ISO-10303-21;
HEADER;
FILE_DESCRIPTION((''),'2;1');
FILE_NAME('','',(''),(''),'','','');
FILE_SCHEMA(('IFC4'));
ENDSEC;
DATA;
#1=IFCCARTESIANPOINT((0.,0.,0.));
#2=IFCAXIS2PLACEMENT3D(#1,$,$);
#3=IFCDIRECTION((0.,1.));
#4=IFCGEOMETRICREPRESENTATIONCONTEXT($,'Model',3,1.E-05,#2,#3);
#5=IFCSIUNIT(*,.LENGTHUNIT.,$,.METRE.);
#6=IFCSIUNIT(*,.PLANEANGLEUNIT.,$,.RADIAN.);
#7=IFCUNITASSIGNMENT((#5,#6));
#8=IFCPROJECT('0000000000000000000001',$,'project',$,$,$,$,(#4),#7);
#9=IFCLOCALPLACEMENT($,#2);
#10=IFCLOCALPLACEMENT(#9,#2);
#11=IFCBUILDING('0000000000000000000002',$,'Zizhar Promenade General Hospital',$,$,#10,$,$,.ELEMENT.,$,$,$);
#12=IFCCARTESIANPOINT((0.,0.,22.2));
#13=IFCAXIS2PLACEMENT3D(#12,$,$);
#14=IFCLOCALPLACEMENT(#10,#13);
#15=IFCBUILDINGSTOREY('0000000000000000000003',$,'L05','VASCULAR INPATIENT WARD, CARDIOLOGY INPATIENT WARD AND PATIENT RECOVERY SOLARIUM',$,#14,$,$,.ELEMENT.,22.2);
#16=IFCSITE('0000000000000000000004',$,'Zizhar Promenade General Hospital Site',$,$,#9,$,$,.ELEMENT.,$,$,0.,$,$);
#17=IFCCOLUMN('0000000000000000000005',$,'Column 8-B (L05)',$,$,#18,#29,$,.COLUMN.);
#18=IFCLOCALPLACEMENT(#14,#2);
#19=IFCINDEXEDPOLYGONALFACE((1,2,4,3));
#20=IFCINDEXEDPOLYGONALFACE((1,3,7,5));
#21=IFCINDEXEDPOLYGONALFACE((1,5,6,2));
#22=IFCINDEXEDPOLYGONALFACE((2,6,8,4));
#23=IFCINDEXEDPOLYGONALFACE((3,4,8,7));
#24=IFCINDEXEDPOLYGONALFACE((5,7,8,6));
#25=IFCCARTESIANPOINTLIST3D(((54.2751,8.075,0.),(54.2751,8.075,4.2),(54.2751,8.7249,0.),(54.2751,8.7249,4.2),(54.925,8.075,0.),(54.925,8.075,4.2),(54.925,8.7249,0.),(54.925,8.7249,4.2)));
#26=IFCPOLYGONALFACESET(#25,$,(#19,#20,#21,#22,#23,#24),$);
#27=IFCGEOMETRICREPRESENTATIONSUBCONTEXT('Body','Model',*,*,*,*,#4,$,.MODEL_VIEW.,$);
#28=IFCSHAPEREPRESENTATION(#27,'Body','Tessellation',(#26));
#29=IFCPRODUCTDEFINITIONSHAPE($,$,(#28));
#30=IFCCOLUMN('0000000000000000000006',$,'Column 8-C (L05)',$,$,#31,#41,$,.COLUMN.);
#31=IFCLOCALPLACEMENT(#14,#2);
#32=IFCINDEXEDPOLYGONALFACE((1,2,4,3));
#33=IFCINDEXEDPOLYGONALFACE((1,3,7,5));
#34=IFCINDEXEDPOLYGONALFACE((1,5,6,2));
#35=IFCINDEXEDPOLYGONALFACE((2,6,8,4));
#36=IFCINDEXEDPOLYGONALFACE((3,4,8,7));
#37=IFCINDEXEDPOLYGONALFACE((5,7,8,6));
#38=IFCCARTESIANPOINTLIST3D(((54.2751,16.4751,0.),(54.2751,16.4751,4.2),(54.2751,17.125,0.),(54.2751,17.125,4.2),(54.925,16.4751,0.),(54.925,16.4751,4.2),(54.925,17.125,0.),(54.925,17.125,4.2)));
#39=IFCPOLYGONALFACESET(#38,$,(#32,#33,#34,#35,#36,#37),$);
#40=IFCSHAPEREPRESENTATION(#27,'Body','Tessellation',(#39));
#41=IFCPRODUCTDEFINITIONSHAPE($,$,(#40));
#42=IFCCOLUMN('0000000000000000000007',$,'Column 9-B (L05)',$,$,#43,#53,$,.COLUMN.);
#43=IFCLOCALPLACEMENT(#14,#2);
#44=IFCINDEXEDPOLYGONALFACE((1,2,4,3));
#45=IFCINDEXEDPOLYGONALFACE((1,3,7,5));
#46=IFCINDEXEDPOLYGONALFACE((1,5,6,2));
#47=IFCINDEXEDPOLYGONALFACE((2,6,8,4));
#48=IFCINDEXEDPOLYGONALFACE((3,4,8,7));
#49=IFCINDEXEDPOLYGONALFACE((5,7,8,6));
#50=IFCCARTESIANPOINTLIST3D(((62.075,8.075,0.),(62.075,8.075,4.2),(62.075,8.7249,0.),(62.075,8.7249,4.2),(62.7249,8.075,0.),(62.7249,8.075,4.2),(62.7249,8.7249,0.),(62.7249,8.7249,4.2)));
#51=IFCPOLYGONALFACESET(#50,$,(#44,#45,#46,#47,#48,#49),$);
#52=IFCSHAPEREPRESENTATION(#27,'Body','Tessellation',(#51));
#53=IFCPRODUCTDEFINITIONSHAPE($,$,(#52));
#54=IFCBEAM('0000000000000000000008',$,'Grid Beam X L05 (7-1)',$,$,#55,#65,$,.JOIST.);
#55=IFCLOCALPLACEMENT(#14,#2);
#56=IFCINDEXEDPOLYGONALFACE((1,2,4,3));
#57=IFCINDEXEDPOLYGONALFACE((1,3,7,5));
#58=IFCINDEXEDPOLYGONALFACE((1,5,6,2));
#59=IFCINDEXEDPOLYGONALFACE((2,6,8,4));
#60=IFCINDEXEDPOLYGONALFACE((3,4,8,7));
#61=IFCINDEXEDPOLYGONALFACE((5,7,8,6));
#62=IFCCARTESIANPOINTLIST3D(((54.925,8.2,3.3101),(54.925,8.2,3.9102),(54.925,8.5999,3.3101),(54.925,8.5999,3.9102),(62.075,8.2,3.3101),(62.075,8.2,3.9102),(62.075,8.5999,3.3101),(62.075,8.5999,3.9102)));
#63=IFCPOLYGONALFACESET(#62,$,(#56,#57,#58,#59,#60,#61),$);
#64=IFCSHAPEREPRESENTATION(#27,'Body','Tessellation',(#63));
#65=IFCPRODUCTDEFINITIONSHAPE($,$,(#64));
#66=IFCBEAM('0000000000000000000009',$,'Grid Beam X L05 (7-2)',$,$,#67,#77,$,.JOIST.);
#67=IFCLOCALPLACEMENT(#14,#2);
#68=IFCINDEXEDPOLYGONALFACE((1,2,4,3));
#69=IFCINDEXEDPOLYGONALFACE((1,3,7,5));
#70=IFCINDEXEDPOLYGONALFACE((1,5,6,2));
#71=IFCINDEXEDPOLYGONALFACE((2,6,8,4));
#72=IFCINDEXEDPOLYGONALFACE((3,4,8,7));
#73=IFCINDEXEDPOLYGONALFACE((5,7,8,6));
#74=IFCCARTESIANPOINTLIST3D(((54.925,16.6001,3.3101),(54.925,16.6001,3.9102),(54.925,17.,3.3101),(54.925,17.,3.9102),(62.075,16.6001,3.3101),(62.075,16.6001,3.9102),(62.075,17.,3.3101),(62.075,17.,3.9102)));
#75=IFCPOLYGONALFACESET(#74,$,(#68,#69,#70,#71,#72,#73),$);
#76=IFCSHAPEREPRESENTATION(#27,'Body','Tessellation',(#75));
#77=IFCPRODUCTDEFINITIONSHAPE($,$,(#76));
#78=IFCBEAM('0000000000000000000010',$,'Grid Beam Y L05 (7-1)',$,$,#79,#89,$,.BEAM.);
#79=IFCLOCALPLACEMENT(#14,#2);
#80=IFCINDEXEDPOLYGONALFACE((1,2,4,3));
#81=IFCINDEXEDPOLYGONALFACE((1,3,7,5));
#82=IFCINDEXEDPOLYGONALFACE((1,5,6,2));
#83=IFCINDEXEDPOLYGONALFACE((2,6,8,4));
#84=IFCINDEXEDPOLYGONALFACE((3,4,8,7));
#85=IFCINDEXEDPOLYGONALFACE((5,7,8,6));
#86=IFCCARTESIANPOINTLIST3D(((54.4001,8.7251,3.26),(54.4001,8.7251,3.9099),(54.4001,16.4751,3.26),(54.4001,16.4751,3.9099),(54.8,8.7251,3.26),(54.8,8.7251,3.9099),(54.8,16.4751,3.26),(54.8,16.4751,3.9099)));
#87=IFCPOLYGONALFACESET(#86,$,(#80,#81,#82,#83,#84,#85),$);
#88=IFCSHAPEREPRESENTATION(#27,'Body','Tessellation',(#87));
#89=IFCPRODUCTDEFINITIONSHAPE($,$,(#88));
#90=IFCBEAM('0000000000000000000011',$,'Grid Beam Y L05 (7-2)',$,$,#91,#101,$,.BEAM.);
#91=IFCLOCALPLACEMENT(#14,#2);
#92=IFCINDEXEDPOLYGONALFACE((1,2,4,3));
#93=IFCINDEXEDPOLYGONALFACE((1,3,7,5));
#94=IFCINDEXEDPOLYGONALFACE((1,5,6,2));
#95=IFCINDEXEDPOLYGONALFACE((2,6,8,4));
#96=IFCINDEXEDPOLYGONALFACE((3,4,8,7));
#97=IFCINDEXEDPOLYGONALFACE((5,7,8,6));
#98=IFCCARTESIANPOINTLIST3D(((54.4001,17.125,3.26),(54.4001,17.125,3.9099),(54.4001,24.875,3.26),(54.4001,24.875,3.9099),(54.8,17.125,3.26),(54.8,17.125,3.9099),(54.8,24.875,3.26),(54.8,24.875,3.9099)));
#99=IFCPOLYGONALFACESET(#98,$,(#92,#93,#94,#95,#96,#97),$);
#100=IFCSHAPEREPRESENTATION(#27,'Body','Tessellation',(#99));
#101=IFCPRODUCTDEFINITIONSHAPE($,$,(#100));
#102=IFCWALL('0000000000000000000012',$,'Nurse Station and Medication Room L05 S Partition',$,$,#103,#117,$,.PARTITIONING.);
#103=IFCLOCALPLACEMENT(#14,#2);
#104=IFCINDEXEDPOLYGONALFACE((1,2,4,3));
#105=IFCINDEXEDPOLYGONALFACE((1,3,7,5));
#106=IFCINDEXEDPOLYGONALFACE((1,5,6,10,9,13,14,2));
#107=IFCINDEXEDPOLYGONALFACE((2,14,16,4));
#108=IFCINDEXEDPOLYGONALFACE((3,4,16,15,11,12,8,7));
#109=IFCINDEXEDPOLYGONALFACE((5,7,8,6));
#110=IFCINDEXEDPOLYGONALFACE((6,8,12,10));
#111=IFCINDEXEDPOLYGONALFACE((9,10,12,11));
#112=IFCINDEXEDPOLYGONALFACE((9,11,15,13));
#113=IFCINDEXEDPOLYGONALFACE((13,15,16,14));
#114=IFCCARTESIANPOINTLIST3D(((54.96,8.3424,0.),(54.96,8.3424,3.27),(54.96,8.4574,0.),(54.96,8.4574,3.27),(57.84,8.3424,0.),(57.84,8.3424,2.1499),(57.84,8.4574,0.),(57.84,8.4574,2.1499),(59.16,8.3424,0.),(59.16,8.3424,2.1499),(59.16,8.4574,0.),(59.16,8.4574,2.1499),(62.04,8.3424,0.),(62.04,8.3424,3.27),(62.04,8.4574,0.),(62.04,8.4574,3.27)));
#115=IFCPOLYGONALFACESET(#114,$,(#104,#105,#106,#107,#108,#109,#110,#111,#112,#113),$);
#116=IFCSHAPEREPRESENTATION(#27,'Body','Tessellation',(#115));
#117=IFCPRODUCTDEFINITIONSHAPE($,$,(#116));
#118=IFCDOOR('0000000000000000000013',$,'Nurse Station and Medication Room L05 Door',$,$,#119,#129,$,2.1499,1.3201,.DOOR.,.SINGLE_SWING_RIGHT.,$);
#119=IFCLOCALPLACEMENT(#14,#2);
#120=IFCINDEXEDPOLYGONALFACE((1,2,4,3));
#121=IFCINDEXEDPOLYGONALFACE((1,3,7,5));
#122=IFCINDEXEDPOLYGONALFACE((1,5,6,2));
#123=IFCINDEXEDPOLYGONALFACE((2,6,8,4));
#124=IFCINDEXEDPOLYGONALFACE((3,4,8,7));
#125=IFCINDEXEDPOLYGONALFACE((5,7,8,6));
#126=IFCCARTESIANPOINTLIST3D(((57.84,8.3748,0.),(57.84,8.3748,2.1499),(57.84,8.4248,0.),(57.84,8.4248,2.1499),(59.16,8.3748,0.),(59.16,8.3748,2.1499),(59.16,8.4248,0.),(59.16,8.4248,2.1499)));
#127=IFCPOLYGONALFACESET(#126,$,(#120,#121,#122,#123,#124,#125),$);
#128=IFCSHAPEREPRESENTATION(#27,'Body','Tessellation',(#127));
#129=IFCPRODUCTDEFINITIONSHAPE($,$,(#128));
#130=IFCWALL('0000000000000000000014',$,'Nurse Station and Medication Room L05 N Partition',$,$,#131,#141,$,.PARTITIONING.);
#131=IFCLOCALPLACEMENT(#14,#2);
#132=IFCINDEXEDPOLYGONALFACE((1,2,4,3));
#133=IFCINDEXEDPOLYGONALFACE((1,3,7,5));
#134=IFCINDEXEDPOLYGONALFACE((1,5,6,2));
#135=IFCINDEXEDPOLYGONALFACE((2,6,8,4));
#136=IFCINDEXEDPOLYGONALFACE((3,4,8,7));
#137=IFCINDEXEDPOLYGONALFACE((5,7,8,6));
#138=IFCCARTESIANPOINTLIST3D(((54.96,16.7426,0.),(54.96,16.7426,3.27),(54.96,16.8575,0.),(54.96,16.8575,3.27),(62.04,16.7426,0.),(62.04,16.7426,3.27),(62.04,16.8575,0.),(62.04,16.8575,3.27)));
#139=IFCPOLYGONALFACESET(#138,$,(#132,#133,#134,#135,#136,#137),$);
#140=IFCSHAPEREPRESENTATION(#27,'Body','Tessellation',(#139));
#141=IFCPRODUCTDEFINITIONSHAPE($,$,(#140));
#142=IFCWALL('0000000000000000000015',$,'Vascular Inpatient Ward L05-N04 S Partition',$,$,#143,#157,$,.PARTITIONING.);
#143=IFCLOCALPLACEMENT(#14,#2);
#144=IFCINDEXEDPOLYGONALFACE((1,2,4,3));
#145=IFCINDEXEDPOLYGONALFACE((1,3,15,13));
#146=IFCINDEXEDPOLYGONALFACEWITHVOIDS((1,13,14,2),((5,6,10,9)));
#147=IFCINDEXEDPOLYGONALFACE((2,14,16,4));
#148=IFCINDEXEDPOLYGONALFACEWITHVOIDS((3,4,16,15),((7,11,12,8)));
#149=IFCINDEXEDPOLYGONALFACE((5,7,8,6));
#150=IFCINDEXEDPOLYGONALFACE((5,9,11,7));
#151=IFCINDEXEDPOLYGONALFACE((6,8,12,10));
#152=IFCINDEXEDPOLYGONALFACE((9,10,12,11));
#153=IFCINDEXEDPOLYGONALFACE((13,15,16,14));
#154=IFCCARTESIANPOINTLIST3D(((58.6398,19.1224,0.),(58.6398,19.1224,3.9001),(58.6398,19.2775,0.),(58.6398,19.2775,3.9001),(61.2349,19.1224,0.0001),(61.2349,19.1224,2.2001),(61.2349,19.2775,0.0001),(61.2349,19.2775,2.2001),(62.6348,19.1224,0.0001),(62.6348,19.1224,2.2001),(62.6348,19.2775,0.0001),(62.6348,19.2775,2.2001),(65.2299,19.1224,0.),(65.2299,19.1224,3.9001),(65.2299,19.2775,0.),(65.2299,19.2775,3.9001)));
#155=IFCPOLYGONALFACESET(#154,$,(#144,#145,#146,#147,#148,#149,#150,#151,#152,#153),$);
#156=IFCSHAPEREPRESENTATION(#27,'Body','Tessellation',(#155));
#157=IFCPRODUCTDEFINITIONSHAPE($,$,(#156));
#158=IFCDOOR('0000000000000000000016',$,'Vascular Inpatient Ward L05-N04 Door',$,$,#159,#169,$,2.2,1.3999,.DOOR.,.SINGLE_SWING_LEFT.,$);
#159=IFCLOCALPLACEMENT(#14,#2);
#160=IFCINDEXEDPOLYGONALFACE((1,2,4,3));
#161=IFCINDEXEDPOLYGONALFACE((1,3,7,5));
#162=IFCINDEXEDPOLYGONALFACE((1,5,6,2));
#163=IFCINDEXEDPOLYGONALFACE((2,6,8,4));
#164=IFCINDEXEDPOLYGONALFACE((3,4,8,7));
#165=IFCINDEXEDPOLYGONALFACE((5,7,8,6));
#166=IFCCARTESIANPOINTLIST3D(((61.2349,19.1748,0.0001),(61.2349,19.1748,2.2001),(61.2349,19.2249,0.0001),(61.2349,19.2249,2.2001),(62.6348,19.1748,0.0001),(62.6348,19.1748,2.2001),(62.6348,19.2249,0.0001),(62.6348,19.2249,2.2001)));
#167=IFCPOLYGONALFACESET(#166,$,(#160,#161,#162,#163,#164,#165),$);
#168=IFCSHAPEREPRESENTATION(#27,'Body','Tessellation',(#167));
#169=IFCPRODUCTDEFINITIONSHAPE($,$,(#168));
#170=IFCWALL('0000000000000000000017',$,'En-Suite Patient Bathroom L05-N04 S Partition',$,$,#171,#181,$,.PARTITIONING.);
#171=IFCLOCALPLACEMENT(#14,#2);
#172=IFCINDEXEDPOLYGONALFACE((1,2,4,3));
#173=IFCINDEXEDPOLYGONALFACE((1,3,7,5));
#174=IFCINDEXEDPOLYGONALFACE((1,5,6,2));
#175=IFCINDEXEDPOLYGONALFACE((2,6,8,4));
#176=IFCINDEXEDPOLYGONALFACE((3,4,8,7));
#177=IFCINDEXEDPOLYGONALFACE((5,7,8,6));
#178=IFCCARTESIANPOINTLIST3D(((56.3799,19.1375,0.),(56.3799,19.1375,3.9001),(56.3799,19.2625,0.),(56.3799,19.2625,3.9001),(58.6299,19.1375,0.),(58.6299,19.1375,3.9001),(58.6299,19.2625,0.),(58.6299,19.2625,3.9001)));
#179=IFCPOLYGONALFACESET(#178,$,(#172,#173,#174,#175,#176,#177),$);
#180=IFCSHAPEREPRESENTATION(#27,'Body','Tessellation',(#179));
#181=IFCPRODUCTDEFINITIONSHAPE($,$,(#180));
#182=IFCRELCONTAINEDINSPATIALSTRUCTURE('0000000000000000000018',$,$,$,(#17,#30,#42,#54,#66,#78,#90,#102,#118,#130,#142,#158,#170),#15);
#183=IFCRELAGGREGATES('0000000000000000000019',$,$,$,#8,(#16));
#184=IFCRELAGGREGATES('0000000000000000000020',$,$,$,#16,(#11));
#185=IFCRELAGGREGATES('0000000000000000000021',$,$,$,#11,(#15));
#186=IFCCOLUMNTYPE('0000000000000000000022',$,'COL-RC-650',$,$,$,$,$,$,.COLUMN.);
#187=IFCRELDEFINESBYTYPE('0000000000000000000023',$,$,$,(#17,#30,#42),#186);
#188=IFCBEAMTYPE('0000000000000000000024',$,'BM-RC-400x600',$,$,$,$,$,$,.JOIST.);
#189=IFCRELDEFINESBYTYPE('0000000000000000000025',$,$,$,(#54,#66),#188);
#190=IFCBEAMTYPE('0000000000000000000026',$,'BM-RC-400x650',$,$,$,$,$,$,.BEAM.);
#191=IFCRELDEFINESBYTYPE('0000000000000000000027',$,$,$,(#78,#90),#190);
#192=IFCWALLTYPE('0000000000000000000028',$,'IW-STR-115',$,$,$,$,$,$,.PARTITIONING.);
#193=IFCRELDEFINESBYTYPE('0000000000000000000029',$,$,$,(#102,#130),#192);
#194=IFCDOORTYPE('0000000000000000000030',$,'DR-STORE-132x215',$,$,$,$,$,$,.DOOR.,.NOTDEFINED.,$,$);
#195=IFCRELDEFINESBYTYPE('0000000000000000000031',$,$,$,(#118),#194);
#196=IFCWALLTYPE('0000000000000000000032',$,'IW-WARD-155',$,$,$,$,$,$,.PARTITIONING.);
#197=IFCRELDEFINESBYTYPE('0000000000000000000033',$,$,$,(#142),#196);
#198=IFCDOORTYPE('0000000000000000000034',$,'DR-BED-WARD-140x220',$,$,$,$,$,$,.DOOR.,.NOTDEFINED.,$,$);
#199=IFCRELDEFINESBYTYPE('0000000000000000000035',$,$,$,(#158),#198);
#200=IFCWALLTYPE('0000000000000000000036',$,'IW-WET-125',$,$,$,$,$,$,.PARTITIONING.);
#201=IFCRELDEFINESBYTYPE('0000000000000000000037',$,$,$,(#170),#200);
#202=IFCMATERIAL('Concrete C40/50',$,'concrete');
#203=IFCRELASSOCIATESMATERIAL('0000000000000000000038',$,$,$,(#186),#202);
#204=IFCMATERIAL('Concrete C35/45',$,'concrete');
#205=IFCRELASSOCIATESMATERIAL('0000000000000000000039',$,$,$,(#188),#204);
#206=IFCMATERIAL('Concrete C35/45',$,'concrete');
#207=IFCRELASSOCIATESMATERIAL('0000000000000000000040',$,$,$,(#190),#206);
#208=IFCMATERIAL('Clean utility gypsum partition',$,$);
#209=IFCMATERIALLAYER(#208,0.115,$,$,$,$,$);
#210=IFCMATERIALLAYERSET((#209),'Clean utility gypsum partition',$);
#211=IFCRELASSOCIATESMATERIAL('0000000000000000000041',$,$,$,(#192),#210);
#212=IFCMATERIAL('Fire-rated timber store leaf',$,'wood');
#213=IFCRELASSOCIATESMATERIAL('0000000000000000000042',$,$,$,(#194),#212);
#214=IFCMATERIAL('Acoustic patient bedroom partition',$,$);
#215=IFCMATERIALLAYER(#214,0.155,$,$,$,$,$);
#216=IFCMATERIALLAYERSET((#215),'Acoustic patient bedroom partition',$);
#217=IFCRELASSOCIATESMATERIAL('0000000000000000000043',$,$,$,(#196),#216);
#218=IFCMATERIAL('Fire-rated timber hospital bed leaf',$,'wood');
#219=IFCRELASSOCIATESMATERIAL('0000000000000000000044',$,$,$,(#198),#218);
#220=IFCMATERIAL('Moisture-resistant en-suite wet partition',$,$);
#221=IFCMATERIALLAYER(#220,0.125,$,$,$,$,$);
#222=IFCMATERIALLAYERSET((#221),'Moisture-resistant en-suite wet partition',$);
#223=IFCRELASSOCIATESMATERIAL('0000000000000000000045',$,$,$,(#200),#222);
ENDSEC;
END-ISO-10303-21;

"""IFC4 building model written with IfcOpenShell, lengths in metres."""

from ifc_helpers import new_model, si_unit, direction, frame, frame_2d, origin, origin_2d, place, context, subcontext, project, spatial, rectangle, extrude, material, layer, layer_set, material_profile, profile_set, type_object, element, fill, save


model = new_model("IFC4")

# Units and contexts
model_context = context("Model", 3, precision=1e-05, world=origin(), true_north=direction((0.0, 1.0)))
body_context = subcontext(model_context, "Body", "Model", "MODEL_VIEW")
ifc_project = project(units=[si_unit("LENGTHUNIT", "METRE"), si_unit("PLANEANGLEUNIT", "RADIAN")], contexts=[model_context])

# Site, building, storey
site_placement = place(None, origin())
site = spatial("IfcSite", under=ifc_project, at=site_placement, Name="Zizhar Promenade General Hospital Site", CompositionType="ELEMENT", RefElevation=0.0)
building_placement = place(site_placement, origin())
building = spatial("IfcBuilding", under=site, at=building_placement, Name="Zizhar Promenade General Hospital", CompositionType="ELEMENT")
storey_placement = place(building_placement, frame((0.0, 0.0, 22.2)))
storey = spatial("IfcBuildingStorey", under=building, at=storey_placement, Name="L05", Description="VASCULAR INPATIENT WARD, CARDIOLOGY INPATIENT WARD AND PATIENT RECOVERY SOLARIUM", CompositionType="ELEMENT", Elevation=22.2)

# Columns
ifc_material_1 = material(Name="Concrete C40/50", Category="concrete")
ifc_material_profile_1 = material_profile(ifc_material_1, rectangle(XDim=0.6499, YDim=0.6499, at=origin_2d()))
ifc_profile_set_1 = profile_set([ifc_material_profile_1], Name="Concrete C40/50")
column_type = type_object("IfcColumnType", Name="COL-RC-650", PredefinedType="COLUMN", material=ifc_profile_set_1)
for number, where, z_axis, x_axis, name in (
    (1, (54.6001, 8.3999, 0.0), (0.0, 0.0, 1.0), (1.0, 0.0, 0.0), "Column 8-B (L05)"),
    (2, (54.6001, 16.8, 0.0), (0.0, 0.0, 1.0), (1.0, 0.0, 0.0), "Column 8-C (L05)"),
    (3, (62.3999, 8.3999, 0.0), (0.0, 0.0, 1.0), (1.0, 0.0, 0.0), "Column 9-B (L05)"),
):
    element("IfcColumn", number, at=place(storey_placement, frame(where, z_axis=z_axis, x_axis=x_axis)), inside=storey, type_object=column_type, Name=name, PredefinedType="COLUMN", context=body_context, shape_type="SweptSolid", body=[
        extrude(rectangle(XDim=0.6499, YDim=0.6499, at=origin_2d()), origin(), (0.0, 0.0, 1.0), 4.2),
    ])

# Beams
ifc_material_2 = material(Name="Concrete C35/45", Category="concrete")
ifc_material_profile_2 = material_profile(ifc_material_2, rectangle(XDim=0.3999, YDim=0.6001, at=origin_2d()))
ifc_profile_set_2 = profile_set([ifc_material_profile_2], Name="Concrete C35/45")
beam_type_1 = type_object("IfcBeamType", Name="BM-RC-400x600", PredefinedType="JOIST", material=ifc_profile_set_2)
for number, where, z_axis, x_axis, name in (
    (4, (54.925, 8.3999, 3.6101), (1.0, 0.0, 0.0), (0.0, 1.0, 0.0), "Grid Beam X L05 (7-1)"),
    (5, (54.925, 16.8, 3.6101), (1.0, 0.0, 0.0), (0.0, 1.0, 0.0), "Grid Beam X L05 (7-2)"),
):
    element("IfcBeam", number, at=place(storey_placement, frame(where, z_axis=z_axis, x_axis=x_axis)), inside=storey, type_object=beam_type_1, Name=name, PredefinedType="JOIST", context=body_context, shape_type="SweptSolid", body=[
        extrude(rectangle(XDim=0.3999, YDim=0.6001, at=origin_2d()), origin(), (0.0, 0.0, 1.0), 7.1499),
    ])
ifc_material_3 = material(Name="Concrete C35/45", Category="concrete")
ifc_material_profile_3 = material_profile(ifc_material_3, rectangle(XDim=0.3999, YDim=0.6499, at=origin_2d()))
ifc_profile_set_3 = profile_set([ifc_material_profile_3], Name="Concrete C35/45")
beam_type_2 = type_object("IfcBeamType", Name="BM-RC-400x650", PredefinedType="BEAM", material=ifc_profile_set_3)
for number, where, z_axis, x_axis, name in (
    (6, (54.6001, 8.7251, 3.585), (0.0, 1.0, 0.0), (-1.0, 0.0, 0.0), "Grid Beam Y L05 (7-1)"),
    (7, (54.6001, 17.125, 3.585), (0.0, 1.0, 0.0), (-1.0, 0.0, 0.0), "Grid Beam Y L05 (7-2)"),
):
    element("IfcBeam", number, at=place(storey_placement, frame(where, z_axis=z_axis, x_axis=x_axis)), inside=storey, type_object=beam_type_2, Name=name, PredefinedType="BEAM", context=body_context, shape_type="SweptSolid", body=[
        extrude(rectangle(XDim=0.3999, YDim=0.6499, at=origin_2d()), origin(), (0.0, 0.0, 1.0), 7.75),
    ])

# Wall, opening, door
ifc_material_4 = material(Name="Clean utility gypsum partition")
ifc_layer_1 = layer(ifc_material_4, 0.115)
ifc_layer_set_1 = layer_set([ifc_layer_1], Name="Clean utility gypsum partition")
wall_type_1 = type_object("IfcWallType", Name="IW-STR-115", PredefinedType="PARTITIONING", material=ifc_layer_set_1)
wall_1_placement = place(storey_placement, frame((54.96, 8.3999, 0.0), z_axis=(0.0, 0.0, 1.0), x_axis=(1.0, 0.0, 0.0)))
wall_1 = element("IfcWall", 8, at=wall_1_placement, inside=storey, type_object=wall_type_1, Name="Nurse Station and Medication Room L05 S Partition", PredefinedType="PARTITIONING", context=body_context, shape_type="SweptSolid", body=[
    extrude(rectangle(XDim=7.0801, YDim=0.115, at=frame_2d((3.54, 0.0))), origin(), (0.0, 0.0, 1.0), 3.27),
])
opening_1_placement = place(wall_1_placement, frame((2.8799, 0.0, 0.0)))
opening_1 = element("IfcOpeningElement", 9, at=opening_1_placement, cuts=wall_1, PredefinedType="OPENING", context=body_context, shape_type="SweptSolid", body=[
    extrude(rectangle(XDim=1.3201, YDim=2.1499, at=frame_2d((0.6602, 1.075))), frame((0.0, 0.0674, 0.0), z_axis=(0.0, -1.0, 0.0), x_axis=(1.0, 0.0, 0.0)), (0.0, 0.0, 1.0), 0.135),
])
ifc_material_5 = material(Name="Fire-rated timber store leaf", Category="wood")
door_type_1 = type_object("IfcDoorType", Name="DR-STORE-132x215", OperationType="NOTDEFINED", PredefinedType="DOOR", material=ifc_material_5)
door_1_placement = place(opening_1_placement, origin())
door_1 = element("IfcDoor", 10, at=door_1_placement, inside=storey, type_object=door_type_1, Name="Nurse Station and Medication Room L05 Door", OperationType="SINGLE_SWING_RIGHT", OverallHeight=2.1499, OverallWidth=1.3201, PredefinedType="DOOR", context=body_context, shape_type="SweptSolid", body=[
    extrude(rectangle(XDim=1.3201, YDim=2.1499, at=frame_2d((0.6602, 1.075))), frame((0.0, 0.0249, 0.0), z_axis=(0.0, -1.0, 0.0), x_axis=(1.0, 0.0, 0.0)), (0.0, 0.0, 1.0), 0.05),
])
fill(opening_1, door_1)

# Wall
wall_2_placement = place(storey_placement, frame((54.96, 16.8, 0.0), z_axis=(0.0, 0.0, 1.0), x_axis=(1.0, 0.0, 0.0)))
element("IfcWall", 11, at=wall_2_placement, inside=storey, type_object=wall_type_1, Name="Nurse Station and Medication Room L05 N Partition", PredefinedType="PARTITIONING", context=body_context, shape_type="SweptSolid", body=[
    extrude(rectangle(XDim=7.0801, YDim=0.115, at=frame_2d((3.54, 0.0))), origin(), (0.0, 0.0, 1.0), 3.27),
])

# Wall, opening, door
ifc_material_6 = material(Name="Acoustic patient bedroom partition")
ifc_layer_2 = layer(ifc_material_6, 0.155)
ifc_layer_set_2 = layer_set([ifc_layer_2], Name="Acoustic patient bedroom partition")
wall_type_2 = type_object("IfcWallType", Name="IW-WARD-155", PredefinedType="PARTITIONING", material=ifc_layer_set_2)
wall_3_placement = place(storey_placement, frame((58.6399, 19.2, 0.0), z_axis=(0.0, 0.0, 1.0), x_axis=(1.0, 0.0, 0.0)))
wall_3 = element("IfcWall", 12, at=wall_3_placement, inside=storey, type_object=wall_type_2, Name="Vascular Inpatient Ward L05-N04 S Partition", PredefinedType="PARTITIONING", context=body_context, shape_type="SweptSolid", body=[
    extrude(rectangle(XDim=6.5901, YDim=0.155, at=frame_2d((3.2949, 0.0))), origin(), (0.0, 0.0, 1.0), 3.9001),
])
opening_2_placement = place(wall_3_placement, frame((2.595, 0.0, 0.0)))
opening_2 = element("IfcOpeningElement", 13, at=opening_2_placement, cuts=wall_3, PredefinedType="OPENING", context=body_context, shape_type="SweptSolid", body=[
    extrude(rectangle(XDim=1.3999, YDim=2.2, at=frame_2d((0.7, 1.1001))), frame((0.0, 0.0874, 0.0), z_axis=(0.0, -1.0, 0.0), x_axis=(1.0, 0.0, 0.0)), (0.0, 0.0, 1.0), 0.175),
])
ifc_material_7 = material(Name="Fire-rated timber hospital bed leaf", Category="wood")
door_type_2 = type_object("IfcDoorType", Name="DR-BED-WARD-140x220", OperationType="NOTDEFINED", PredefinedType="DOOR", material=ifc_material_7)
door_2_placement = place(opening_2_placement, origin())
door_2 = element("IfcDoor", 14, at=door_2_placement, inside=storey, type_object=door_type_2, Name="Vascular Inpatient Ward L05-N04 Door", OperationType="SINGLE_SWING_LEFT", OverallHeight=2.2, OverallWidth=1.3999, PredefinedType="DOOR", context=body_context, shape_type="SweptSolid", body=[
    extrude(rectangle(XDim=1.3999, YDim=2.2, at=frame_2d((0.7, 1.1001))), frame((0.0, 0.0249, 0.0), z_axis=(0.0, -1.0, 0.0), x_axis=(1.0, 0.0, 0.0)), (0.0, 0.0, 1.0), 0.05),
])
fill(opening_2, door_2)

# Wall
ifc_material_8 = material(Name="Moisture-resistant en-suite wet partition")
ifc_layer_3 = layer(ifc_material_8, 0.125)
ifc_layer_set_3 = layer_set([ifc_layer_3], Name="Moisture-resistant en-suite wet partition")
wall_type_3 = type_object("IfcWallType", Name="IW-WET-125", PredefinedType="PARTITIONING", material=ifc_layer_set_3)
wall_4_placement = place(storey_placement, frame((56.3799, 19.2, 0.0), z_axis=(0.0, 0.0, 1.0), x_axis=(1.0, 0.0, 0.0)))
element("IfcWall", 15, at=wall_4_placement, inside=storey, type_object=wall_type_3, Name="En-Suite Patient Bathroom L05-N04 S Partition", PredefinedType="PARTITIONING", context=body_context, shape_type="SweptSolid", body=[
    extrude(rectangle(XDim=2.25, YDim=0.125, at=frame_2d((1.125, 0.0))), origin(), (0.0, 0.0, 1.0), 3.9001),
])

save(model, "model.ifc")
